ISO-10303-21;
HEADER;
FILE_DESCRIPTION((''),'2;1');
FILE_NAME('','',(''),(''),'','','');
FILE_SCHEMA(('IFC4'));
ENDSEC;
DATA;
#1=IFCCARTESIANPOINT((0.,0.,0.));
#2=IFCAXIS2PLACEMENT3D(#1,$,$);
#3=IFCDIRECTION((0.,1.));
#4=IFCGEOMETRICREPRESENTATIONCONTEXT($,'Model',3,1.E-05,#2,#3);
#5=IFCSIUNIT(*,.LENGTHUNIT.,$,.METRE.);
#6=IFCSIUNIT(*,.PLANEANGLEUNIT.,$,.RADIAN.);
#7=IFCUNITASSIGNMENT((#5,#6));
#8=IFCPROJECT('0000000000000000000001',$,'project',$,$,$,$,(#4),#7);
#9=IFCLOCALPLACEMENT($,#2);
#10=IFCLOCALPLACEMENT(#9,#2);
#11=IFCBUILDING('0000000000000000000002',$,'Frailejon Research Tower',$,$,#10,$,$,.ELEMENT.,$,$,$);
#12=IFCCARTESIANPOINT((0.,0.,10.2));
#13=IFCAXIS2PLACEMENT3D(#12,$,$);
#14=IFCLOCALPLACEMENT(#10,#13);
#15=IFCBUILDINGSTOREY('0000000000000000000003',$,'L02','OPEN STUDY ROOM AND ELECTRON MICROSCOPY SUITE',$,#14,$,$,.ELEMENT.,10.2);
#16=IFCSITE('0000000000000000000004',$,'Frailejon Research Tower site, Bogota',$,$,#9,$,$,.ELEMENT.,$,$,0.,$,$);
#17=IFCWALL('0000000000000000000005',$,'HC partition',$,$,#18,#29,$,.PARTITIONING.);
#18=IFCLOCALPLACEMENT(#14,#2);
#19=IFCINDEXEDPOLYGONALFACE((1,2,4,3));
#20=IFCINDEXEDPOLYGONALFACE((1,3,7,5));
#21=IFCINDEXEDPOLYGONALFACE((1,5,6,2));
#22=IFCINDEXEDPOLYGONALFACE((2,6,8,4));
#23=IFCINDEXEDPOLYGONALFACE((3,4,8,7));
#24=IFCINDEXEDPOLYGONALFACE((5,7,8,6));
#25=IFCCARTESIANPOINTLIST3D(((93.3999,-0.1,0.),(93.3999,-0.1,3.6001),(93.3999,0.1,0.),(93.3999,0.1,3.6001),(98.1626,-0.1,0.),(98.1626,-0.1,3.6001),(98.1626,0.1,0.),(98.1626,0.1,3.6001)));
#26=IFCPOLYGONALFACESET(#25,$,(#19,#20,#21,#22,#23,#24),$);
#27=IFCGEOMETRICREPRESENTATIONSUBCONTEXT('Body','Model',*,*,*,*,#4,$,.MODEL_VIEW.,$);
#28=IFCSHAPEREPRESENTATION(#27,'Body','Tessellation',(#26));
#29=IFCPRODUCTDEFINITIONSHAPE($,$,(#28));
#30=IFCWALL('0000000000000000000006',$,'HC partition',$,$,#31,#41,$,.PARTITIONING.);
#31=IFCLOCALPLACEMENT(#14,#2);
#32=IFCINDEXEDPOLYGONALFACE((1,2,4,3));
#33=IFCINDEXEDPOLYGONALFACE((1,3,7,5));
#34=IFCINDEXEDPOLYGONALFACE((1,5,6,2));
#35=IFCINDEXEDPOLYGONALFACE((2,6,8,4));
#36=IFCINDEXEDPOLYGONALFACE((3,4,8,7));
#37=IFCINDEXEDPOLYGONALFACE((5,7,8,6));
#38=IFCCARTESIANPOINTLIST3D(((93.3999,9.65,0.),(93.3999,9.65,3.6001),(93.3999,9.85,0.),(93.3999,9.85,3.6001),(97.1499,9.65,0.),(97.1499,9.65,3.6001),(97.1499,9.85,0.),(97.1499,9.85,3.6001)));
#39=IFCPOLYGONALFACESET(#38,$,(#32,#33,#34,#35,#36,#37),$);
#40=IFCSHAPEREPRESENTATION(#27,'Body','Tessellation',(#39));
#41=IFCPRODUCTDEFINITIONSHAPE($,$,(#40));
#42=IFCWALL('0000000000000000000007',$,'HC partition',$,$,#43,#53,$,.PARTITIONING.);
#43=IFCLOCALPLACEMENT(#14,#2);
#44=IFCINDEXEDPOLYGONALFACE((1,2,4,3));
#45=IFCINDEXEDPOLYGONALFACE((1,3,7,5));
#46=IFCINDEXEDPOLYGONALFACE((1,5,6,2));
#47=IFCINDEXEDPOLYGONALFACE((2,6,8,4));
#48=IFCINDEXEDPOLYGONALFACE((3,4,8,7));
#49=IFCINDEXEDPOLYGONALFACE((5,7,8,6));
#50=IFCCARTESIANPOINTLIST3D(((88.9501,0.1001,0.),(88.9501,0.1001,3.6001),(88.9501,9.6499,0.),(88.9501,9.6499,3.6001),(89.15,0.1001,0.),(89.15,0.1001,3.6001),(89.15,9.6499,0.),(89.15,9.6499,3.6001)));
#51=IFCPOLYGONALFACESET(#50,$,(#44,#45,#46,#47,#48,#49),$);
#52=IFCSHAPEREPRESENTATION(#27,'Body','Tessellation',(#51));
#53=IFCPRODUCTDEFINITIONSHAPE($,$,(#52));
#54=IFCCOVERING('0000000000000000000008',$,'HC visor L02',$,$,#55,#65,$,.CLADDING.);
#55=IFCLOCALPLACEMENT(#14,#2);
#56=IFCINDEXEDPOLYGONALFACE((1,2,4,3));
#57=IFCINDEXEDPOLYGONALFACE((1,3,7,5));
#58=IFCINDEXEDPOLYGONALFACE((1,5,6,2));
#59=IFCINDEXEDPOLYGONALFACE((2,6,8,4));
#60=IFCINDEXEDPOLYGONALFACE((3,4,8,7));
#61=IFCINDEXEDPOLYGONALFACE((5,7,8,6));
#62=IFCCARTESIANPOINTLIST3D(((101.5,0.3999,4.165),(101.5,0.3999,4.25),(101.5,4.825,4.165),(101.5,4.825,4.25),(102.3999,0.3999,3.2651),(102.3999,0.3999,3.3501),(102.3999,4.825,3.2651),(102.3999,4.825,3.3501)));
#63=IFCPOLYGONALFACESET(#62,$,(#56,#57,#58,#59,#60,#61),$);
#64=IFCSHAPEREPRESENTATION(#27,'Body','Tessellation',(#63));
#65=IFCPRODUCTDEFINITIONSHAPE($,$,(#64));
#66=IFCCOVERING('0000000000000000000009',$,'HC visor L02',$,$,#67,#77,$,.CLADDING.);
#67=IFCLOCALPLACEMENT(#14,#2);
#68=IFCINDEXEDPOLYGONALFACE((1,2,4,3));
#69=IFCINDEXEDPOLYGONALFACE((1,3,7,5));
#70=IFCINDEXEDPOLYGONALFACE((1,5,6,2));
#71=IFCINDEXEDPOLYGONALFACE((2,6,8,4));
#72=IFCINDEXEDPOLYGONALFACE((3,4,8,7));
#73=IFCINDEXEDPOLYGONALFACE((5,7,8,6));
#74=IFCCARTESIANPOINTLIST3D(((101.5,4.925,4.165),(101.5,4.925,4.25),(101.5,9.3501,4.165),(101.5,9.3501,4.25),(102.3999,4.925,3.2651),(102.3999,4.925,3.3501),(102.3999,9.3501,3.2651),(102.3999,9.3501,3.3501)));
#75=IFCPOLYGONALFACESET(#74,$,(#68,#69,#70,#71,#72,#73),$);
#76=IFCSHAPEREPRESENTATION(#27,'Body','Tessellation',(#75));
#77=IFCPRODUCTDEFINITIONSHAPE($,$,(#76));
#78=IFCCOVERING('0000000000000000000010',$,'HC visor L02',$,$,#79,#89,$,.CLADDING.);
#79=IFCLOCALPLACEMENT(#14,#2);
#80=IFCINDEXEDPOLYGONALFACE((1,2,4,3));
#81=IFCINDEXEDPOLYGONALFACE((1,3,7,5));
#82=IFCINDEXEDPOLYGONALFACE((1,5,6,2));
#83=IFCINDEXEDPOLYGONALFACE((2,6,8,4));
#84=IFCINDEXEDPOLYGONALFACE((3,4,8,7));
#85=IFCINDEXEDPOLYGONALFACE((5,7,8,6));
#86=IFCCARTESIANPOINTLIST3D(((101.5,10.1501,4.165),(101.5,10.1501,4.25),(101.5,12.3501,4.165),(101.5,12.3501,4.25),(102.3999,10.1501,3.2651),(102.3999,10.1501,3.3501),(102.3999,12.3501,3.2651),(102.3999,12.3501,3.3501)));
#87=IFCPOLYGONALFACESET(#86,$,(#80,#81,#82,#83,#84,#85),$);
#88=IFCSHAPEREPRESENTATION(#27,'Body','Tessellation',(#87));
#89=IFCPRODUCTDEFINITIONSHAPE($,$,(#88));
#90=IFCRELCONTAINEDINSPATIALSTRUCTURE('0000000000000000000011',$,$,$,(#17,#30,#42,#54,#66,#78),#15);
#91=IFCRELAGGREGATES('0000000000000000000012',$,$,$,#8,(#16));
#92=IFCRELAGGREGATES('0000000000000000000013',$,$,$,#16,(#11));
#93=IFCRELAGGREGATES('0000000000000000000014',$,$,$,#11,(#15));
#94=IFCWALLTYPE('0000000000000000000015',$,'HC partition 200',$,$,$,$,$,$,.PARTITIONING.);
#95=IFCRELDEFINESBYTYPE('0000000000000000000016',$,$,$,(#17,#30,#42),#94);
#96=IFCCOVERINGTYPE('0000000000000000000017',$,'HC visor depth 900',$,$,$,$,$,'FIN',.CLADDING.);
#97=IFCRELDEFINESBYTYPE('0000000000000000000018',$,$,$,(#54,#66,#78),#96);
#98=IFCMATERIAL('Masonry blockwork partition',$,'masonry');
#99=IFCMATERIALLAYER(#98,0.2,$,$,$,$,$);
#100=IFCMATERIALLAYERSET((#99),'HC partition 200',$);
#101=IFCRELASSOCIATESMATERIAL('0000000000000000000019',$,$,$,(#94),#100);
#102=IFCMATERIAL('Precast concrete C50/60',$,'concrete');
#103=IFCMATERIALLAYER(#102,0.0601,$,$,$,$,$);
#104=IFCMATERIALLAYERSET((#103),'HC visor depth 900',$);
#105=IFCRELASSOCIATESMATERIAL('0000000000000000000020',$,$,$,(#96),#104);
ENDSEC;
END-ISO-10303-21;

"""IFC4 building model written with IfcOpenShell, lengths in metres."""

from ifc_helpers import new_model, si_unit, direction, frame, frame_2d, origin, place, context, subcontext, project, spatial, polyline, rectangle, outline, extrude, material, layer, layer_set, type_object, element, save


model = new_model("IFC4")

# Units and contexts
model_context = context("Model", 3, precision=1e-05, world=origin(), true_north=direction((0.0, 1.0)))
body_context = subcontext(model_context, "Body", "Model", "MODEL_VIEW")
ifc_project = project(units=[si_unit("LENGTHUNIT", "METRE"), si_unit("PLANEANGLEUNIT", "RADIAN")], contexts=[model_context])

# Site, building, storey
site_placement = place(None, origin())
site = spatial("IfcSite", under=ifc_project, at=site_placement, Name="Frailejon Research Tower site, Bogota", CompositionType="ELEMENT", RefElevation=0.0)
building_placement = place(site_placement, origin())
building = spatial("IfcBuilding", under=site, at=building_placement, Name="Frailejon Research Tower", CompositionType="ELEMENT")
storey_placement = place(building_placement, frame((0.0, 0.0, 10.2)))
storey = spatial("IfcBuildingStorey", under=building, at=storey_placement, Name="L02", Description="OPEN STUDY ROOM AND ELECTRON MICROSCOPY SUITE", CompositionType="ELEMENT", Elevation=10.2)

# Walls
ifc_material_1 = material(Name="Masonry blockwork partition", Category="masonry")
ifc_layer_1 = layer(ifc_material_1, 0.2)
ifc_layer_set_1 = layer_set([ifc_layer_1], Name="HC partition 200")
wall_type_1 = type_object("IfcWallType", Name="HC partition 200", PredefinedType="PARTITIONING", material=ifc_layer_set_1)
wall_1_placement = place(storey_placement, frame((93.3999, 0.0, 0.0), z_axis=(0.0, 0.0, 1.0), x_axis=(1.0, 0.0, 0.0)))
element("IfcWall", 1, at=wall_1_placement, inside=storey, type_object=wall_type_1, Name="HC partition", PredefinedType="PARTITIONING", context=body_context, shape_type="SweptSolid", body=[
    extrude(rectangle(XDim=4.7627, YDim=0.2, at=frame_2d((2.3813, 0.0))), origin(), (0.0, 0.0, 1.0), 3.6001),
])
wall_2_placement = place(storey_placement, frame((93.3999, 9.75, 0.0), z_axis=(0.0, 0.0, 1.0), x_axis=(1.0, 0.0, 0.0)))
element("IfcWall", 2, at=wall_2_placement, inside=storey, type_object=wall_type_1, Name="HC partition", PredefinedType="PARTITIONING", context=body_context, shape_type="SweptSolid", body=[
    extrude(rectangle(XDim=3.75, YDim=0.2, at=frame_2d((1.875, 0.0))), origin(), (0.0, 0.0, 1.0), 3.6001),
])
wall_3_placement = place(storey_placement, frame((89.05, 0.1001, 0.0), z_axis=(0.0, 0.0, 1.0), x_axis=(0.0, 1.0, 0.0)))
element("IfcWall", 3, at=wall_3_placement, inside=storey, type_object=wall_type_1, Name="HC partition", PredefinedType="PARTITIONING", context=body_context, shape_type="SweptSolid", body=[
    extrude(rectangle(XDim=9.5498, YDim=0.2, at=frame_2d((4.7749, 0.0))), origin(), (0.0, 0.0, 1.0), 3.6001),
])

# Coverings
ifc_material_2 = material(Name="Precast concrete C50/60", Category="concrete")
ifc_layer_2 = layer(ifc_material_2, 0.0601)
ifc_layer_set_2 = layer_set([ifc_layer_2], Name="HC visor depth 900")
covering_type = type_object("IfcCoveringType", Name="HC visor depth 900", ElementType="FIN", PredefinedType="CLADDING", material=ifc_layer_set_2)
for number, where, z_axis, x_axis, name in (
    (4, (101.5, 4.825, 4.25), (0.0, -1.0, 0.0), (1.0, 0.0, 0.0), "HC visor L02"),
    (5, (101.5, 9.3501, 4.25), (0.0, -1.0, 0.0), (1.0, 0.0, 0.0), "HC visor L02"),
):
    element("IfcCovering", number, at=place(storey_placement, frame(where, z_axis=z_axis, x_axis=x_axis)), inside=storey, type_object=covering_type, Name=name, PredefinedType="CLADDING", context=body_context, shape_type="SweptSolid", body=[
        extrude(outline(polyline([(0.0, -0.085), (0.8999, -0.9849), (0.8999, -0.8999), (0.0, 0.0), (0.0, -0.085)])), origin(), (0.0, 0.0, 1.0), 4.425),
    ])
covering_placement = place(storey_placement, frame((101.5, 12.3501, 4.25), z_axis=(0.0, -1.0, 0.0), x_axis=(1.0, 0.0, 0.0)))
element("IfcCovering", 6, at=covering_placement, inside=storey, type_object=covering_type, Name="HC visor L02", PredefinedType="CLADDING", context=body_context, shape_type="SweptSolid", body=[
    extrude(outline(polyline([(0.0, -0.085), (0.8999, -0.9849), (0.8999, -0.8999), (0.0, 0.0), (0.0, -0.085)])), origin(), (0.0, 0.0, 1.0), 2.2),
])

save(model, "model.ifc")
